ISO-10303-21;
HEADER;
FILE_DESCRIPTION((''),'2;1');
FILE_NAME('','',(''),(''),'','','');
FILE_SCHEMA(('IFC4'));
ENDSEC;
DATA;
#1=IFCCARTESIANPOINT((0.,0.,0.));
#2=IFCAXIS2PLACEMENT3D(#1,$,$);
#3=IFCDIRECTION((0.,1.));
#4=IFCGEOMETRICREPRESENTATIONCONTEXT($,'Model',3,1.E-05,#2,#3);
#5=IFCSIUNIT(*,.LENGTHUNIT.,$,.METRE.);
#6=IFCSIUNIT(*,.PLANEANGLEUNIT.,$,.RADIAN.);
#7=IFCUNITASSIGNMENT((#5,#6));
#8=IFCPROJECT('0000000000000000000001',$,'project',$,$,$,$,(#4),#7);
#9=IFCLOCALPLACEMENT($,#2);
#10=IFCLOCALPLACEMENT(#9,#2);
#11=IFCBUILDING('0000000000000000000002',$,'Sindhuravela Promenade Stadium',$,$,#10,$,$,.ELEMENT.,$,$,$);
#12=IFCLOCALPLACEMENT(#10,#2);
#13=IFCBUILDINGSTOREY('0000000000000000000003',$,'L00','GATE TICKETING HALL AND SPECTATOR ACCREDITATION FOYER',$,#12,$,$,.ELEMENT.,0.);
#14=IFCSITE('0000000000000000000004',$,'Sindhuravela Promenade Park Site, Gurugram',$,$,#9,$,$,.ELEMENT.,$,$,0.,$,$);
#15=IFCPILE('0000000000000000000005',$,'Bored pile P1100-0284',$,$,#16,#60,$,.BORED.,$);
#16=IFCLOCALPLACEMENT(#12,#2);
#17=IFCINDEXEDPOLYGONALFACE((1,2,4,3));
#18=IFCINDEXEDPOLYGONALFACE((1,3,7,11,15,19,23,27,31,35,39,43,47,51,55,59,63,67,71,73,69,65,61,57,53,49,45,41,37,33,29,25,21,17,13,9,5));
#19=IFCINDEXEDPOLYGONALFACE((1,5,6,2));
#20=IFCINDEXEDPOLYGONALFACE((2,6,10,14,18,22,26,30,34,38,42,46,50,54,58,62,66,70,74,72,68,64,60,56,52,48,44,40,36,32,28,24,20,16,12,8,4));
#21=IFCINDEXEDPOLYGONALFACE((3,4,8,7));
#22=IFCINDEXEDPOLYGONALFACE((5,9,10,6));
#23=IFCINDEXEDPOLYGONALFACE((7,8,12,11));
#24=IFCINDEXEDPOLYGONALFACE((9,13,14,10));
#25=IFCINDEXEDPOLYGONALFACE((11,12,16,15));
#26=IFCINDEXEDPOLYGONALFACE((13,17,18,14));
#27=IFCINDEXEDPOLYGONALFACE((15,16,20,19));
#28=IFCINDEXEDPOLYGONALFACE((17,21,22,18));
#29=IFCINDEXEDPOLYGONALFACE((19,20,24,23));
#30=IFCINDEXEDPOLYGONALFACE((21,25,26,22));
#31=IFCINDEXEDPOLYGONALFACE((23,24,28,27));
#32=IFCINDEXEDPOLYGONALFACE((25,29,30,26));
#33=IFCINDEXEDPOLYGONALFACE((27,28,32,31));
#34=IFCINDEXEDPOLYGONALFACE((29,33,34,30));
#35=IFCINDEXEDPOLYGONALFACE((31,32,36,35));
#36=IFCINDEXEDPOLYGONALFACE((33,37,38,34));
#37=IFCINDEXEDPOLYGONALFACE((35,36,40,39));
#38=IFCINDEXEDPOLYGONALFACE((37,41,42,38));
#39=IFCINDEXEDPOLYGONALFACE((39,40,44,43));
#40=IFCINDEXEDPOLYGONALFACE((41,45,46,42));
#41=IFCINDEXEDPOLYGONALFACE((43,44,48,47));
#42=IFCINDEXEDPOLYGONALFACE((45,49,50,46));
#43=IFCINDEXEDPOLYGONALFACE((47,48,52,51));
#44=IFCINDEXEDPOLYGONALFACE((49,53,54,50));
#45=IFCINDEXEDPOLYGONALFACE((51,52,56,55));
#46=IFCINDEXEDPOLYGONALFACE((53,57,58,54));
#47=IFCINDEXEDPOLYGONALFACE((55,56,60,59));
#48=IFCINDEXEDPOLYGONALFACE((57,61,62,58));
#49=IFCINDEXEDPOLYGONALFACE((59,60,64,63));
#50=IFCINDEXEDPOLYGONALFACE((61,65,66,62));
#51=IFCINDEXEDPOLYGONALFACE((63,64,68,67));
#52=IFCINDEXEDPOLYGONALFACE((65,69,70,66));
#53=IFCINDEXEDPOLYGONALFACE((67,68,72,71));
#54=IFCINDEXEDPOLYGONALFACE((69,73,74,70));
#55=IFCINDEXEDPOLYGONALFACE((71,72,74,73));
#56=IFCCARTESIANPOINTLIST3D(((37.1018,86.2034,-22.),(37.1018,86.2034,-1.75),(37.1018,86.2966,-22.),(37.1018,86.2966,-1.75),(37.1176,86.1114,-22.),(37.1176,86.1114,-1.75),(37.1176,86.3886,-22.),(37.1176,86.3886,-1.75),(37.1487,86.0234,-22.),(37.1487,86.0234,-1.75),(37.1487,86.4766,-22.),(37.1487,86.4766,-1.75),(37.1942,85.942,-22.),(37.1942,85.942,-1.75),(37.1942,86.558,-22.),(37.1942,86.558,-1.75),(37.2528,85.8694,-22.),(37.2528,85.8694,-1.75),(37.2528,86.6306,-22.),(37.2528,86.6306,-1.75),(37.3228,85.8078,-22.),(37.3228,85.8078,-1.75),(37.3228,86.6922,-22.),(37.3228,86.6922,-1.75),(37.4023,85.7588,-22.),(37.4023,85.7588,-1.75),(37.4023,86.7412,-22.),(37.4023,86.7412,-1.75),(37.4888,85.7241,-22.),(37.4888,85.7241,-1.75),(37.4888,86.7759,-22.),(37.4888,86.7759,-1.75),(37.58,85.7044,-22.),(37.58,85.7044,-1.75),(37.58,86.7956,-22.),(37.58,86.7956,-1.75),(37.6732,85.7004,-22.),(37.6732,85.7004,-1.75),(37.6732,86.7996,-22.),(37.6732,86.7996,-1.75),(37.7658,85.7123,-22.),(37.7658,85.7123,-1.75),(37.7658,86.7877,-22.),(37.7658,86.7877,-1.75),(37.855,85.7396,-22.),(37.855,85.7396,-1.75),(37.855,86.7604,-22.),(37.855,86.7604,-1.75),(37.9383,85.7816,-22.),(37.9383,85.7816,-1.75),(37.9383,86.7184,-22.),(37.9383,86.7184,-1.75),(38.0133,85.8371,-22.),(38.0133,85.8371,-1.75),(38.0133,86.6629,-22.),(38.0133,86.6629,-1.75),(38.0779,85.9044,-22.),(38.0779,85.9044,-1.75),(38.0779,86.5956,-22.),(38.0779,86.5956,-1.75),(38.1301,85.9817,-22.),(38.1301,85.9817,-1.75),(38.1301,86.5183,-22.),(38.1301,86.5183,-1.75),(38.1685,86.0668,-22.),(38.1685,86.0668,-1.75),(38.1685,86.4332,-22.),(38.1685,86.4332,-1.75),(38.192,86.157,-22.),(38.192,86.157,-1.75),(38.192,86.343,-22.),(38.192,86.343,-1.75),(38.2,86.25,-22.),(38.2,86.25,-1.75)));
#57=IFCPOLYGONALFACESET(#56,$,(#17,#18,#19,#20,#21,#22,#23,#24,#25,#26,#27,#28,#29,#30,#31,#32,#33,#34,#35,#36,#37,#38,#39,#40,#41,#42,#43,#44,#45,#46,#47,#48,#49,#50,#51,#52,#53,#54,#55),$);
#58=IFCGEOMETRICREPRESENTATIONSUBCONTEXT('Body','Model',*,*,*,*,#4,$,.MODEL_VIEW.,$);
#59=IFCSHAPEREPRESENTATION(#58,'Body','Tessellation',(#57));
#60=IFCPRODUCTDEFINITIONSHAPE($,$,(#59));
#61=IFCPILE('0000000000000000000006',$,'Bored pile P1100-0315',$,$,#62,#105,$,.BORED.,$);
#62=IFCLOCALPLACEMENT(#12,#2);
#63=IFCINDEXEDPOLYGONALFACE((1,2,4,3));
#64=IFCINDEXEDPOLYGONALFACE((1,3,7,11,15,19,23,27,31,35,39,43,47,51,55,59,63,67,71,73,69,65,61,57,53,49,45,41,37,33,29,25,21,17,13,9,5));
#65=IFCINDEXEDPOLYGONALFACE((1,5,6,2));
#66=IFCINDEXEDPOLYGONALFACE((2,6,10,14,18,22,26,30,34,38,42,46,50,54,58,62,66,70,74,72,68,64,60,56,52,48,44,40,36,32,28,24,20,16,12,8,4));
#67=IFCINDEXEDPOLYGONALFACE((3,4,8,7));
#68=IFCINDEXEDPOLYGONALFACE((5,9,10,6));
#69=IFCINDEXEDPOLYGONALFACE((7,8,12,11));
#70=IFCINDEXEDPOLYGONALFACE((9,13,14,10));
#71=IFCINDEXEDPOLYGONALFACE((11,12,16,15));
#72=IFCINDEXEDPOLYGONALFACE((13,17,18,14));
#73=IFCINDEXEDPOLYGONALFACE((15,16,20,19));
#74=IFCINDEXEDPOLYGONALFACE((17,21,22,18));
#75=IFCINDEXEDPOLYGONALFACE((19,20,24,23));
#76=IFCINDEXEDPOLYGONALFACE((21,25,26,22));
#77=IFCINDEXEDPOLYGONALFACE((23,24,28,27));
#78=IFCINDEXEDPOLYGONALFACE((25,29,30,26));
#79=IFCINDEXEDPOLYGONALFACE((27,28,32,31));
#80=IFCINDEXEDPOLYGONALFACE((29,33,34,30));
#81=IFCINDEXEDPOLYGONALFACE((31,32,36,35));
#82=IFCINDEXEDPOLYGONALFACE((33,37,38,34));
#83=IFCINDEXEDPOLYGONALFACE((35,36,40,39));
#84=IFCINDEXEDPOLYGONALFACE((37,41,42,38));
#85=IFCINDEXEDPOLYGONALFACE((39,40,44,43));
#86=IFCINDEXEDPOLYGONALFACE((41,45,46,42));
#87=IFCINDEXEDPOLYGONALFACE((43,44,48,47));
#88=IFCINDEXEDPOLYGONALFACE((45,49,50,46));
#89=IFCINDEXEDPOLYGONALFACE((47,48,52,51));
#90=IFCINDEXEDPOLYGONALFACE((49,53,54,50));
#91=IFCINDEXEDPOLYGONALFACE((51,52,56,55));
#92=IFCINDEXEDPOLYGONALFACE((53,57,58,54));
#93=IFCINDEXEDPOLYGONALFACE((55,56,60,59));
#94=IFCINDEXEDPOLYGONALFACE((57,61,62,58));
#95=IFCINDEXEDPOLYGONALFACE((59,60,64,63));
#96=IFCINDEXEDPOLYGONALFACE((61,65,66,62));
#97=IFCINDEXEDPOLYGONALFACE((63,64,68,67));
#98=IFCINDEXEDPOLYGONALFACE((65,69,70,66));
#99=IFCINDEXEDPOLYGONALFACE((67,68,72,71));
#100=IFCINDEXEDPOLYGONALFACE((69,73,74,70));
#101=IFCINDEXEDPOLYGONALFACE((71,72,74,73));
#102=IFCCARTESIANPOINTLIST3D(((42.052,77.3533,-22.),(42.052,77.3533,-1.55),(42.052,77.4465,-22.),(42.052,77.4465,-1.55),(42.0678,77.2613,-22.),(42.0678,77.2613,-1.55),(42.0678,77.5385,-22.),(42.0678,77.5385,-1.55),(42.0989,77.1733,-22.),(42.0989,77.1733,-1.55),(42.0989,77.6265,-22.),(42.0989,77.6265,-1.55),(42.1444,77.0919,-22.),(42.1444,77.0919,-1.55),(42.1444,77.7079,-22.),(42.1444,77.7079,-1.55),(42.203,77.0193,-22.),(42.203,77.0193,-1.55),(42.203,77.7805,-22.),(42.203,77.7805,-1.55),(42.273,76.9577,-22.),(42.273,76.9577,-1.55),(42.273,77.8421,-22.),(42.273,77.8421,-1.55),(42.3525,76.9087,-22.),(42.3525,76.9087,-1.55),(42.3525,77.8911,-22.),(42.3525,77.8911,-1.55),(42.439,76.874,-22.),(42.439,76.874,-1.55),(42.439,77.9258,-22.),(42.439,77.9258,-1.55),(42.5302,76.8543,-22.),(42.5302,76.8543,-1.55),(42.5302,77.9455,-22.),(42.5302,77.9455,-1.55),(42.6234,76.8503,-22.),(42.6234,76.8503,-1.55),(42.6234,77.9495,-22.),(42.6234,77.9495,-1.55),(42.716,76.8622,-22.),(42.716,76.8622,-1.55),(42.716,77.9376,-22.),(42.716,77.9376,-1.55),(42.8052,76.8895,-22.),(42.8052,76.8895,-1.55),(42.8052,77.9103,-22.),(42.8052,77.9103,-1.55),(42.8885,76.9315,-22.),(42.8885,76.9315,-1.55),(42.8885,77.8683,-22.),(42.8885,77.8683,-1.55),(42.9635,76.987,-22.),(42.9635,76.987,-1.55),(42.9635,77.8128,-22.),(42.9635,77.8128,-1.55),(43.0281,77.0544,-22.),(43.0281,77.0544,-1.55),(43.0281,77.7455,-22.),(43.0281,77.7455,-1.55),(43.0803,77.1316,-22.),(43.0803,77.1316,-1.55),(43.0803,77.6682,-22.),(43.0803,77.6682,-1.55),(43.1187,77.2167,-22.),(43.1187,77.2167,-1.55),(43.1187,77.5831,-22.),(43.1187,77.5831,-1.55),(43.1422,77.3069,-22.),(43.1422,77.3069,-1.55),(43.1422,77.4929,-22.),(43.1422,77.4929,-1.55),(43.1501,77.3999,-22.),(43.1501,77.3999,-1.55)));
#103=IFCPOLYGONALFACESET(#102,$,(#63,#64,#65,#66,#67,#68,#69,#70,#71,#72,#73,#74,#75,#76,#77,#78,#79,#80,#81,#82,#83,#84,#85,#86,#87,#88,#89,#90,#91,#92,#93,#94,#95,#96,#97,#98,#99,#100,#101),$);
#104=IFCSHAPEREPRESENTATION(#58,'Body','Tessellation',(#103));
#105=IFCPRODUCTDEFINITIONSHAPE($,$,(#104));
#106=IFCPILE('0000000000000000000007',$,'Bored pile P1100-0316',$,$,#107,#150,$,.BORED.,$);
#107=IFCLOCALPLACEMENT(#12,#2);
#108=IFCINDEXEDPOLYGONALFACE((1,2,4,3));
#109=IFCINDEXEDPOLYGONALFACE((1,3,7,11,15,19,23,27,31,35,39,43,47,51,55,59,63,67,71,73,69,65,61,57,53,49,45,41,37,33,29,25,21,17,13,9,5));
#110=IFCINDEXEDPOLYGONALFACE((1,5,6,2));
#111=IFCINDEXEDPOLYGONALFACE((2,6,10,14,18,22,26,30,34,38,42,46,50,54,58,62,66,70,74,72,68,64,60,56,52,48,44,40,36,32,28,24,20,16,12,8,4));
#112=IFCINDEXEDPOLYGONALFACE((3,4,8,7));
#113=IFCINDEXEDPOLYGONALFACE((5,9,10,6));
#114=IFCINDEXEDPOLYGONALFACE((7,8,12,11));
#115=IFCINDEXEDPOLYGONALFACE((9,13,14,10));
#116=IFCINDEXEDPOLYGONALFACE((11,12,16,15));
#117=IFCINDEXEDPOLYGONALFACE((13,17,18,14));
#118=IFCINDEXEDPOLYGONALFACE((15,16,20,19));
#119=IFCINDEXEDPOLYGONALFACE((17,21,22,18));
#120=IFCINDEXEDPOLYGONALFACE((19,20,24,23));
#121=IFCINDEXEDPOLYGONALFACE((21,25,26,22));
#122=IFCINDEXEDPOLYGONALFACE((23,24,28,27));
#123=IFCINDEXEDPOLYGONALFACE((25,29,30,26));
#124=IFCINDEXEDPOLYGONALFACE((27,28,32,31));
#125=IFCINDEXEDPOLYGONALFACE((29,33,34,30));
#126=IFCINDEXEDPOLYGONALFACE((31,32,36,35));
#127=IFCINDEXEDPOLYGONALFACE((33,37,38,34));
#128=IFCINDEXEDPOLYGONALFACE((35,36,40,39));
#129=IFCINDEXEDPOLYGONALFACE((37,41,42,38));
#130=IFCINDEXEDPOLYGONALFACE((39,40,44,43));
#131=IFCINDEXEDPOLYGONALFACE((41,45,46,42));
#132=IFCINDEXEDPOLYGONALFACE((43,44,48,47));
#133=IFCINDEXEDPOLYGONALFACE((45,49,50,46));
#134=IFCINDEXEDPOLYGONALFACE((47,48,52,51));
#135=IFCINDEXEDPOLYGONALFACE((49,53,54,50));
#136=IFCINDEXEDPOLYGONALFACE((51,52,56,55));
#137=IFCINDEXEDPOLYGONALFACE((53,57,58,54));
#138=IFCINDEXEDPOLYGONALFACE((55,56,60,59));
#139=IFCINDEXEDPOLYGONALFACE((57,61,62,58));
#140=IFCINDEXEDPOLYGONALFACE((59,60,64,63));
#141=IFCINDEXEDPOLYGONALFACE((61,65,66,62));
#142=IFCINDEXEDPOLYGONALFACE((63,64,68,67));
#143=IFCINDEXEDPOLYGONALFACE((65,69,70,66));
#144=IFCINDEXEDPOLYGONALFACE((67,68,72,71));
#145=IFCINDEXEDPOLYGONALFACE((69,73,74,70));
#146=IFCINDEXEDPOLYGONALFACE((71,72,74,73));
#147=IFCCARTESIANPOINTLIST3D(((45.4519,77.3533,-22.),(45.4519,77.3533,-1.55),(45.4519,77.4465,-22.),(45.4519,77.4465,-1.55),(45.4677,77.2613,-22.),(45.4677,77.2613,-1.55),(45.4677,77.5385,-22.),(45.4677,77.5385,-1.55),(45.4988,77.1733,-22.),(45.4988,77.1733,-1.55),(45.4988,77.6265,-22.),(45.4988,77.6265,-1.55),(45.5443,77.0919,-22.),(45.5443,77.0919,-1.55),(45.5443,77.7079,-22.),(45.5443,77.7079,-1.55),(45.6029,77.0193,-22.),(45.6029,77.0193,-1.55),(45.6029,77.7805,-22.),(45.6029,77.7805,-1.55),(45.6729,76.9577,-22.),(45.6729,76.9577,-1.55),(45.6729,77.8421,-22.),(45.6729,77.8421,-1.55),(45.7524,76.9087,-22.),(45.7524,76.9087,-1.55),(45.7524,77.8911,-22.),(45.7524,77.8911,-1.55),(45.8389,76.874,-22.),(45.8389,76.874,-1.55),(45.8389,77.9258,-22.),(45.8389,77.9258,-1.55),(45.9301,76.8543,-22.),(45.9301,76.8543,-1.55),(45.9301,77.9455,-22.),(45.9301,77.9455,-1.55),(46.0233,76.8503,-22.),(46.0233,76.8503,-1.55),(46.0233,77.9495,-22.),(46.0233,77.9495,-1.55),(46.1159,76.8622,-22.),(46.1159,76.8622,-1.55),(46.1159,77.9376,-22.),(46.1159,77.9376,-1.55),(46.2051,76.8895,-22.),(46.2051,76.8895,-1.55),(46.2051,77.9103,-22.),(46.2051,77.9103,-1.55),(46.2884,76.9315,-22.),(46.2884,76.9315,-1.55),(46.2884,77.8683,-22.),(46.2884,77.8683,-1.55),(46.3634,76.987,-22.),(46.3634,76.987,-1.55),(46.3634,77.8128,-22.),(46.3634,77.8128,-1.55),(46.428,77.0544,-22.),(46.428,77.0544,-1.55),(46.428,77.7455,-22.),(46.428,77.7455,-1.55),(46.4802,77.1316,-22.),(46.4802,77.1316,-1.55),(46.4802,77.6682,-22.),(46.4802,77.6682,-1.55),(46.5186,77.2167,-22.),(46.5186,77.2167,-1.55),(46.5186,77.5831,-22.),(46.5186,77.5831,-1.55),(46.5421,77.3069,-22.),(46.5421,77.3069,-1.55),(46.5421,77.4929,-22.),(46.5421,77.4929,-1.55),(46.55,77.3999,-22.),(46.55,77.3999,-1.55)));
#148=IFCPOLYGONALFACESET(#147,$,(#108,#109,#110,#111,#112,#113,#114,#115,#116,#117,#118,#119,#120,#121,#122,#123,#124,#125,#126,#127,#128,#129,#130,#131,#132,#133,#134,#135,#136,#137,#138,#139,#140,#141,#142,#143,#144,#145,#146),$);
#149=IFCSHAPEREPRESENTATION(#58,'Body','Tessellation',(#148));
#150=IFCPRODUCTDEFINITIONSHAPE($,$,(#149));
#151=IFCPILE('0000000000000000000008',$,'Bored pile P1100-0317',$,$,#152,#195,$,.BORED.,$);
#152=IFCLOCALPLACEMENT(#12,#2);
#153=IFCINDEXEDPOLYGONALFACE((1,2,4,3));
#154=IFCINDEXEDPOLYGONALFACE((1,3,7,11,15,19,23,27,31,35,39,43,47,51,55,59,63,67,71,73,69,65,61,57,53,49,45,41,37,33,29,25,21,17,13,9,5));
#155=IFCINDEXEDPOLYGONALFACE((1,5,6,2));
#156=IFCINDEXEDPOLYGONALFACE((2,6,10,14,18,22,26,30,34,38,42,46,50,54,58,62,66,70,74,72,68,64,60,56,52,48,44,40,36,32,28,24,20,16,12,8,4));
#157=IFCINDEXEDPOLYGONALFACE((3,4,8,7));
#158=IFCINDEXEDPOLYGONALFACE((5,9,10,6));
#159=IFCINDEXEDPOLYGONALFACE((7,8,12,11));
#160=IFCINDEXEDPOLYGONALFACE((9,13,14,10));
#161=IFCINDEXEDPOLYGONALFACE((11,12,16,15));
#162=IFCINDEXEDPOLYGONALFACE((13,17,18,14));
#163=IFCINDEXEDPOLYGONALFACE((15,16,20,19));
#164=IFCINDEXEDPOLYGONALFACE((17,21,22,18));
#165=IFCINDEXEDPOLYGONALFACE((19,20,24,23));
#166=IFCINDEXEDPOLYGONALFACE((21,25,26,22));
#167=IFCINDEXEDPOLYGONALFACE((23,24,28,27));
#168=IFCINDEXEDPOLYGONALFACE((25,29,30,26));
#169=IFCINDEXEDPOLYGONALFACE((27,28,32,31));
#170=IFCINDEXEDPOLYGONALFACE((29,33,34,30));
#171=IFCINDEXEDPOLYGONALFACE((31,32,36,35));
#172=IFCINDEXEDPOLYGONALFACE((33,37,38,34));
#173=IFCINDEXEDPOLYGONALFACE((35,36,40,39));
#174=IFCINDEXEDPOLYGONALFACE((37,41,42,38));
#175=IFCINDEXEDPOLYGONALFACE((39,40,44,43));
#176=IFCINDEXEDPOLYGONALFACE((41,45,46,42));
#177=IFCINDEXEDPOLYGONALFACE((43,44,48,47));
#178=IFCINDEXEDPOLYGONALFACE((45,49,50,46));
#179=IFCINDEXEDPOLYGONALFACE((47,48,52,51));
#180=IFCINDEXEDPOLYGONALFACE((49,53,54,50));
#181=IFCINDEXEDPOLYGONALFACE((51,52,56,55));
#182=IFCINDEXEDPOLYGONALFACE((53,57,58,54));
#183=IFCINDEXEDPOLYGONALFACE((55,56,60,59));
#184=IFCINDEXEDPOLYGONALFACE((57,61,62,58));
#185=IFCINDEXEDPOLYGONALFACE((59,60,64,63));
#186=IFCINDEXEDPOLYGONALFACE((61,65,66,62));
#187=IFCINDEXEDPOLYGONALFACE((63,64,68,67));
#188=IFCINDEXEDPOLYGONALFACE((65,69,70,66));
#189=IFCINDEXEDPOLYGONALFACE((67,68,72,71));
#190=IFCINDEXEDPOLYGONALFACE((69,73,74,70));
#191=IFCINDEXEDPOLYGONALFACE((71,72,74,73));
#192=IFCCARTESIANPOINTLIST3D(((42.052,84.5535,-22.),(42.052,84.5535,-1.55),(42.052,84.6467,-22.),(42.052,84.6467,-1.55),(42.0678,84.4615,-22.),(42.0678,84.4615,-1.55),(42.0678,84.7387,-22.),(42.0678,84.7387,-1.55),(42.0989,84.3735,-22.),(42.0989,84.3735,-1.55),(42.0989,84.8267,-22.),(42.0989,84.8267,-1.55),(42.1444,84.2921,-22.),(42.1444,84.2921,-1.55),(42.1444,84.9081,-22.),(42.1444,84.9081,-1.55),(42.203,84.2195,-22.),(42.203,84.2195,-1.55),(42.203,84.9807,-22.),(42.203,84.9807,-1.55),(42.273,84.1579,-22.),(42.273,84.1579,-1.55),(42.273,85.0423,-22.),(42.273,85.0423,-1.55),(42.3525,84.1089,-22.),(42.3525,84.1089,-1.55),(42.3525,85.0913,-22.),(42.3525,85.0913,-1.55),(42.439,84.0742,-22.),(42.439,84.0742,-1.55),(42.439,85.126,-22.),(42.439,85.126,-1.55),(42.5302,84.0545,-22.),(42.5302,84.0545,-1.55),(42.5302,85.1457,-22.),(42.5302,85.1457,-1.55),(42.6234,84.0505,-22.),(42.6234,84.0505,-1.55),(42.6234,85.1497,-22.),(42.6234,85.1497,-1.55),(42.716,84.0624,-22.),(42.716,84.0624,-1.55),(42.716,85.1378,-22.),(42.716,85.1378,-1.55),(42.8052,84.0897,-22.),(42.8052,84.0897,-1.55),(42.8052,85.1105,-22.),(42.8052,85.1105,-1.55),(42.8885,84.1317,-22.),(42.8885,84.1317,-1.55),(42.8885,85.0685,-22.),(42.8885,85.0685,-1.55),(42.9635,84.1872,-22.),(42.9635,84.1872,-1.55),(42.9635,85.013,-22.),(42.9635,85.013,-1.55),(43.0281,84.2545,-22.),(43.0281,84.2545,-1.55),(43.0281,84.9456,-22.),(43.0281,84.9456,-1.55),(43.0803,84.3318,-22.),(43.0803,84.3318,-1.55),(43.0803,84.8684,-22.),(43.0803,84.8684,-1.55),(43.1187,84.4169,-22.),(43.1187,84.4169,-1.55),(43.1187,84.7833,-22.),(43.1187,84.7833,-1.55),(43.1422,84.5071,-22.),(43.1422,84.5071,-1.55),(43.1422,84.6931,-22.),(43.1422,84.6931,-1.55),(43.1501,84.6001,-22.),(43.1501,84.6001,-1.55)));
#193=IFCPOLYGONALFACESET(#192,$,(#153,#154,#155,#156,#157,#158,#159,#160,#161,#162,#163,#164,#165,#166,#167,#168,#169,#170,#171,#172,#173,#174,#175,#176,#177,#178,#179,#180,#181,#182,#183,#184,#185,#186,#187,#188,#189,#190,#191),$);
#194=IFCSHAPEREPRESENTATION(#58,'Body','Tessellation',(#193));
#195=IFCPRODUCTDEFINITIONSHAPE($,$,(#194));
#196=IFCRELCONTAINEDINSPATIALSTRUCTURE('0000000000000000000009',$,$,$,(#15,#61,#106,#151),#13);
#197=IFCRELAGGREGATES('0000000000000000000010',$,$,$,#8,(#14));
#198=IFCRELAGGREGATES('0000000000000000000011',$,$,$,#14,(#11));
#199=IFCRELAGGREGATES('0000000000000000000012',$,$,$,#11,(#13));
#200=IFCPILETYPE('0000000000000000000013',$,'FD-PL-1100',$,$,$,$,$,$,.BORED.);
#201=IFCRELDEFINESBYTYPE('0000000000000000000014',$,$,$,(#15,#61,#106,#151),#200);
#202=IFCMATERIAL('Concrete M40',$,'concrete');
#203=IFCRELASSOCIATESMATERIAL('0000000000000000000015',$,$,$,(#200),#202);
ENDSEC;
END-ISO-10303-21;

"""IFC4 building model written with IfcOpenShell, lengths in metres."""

from ifc_helpers import new_model, si_unit, direction, frame, origin, origin_2d, place, context, subcontext, project, spatial, circle, extrude, material, material_profile, profile_set, type_object, element, save


model = new_model("IFC4")

# Units and contexts
model_context = context("Model", 3, precision=1e-05, world=origin(), true_north=direction((0.0, 1.0)))
body_context = subcontext(model_context, "Body", "Model", "MODEL_VIEW")
ifc_project = project(units=[si_unit("LENGTHUNIT", "METRE"), si_unit("PLANEANGLEUNIT", "RADIAN")], contexts=[model_context])

# Site, building, storey
site_placement = place(None, origin())
site = spatial("IfcSite", under=ifc_project, at=site_placement, Name="Sindhuravela Promenade Park Site, Gurugram", CompositionType="ELEMENT", RefElevation=0.0)
building_placement = place(site_placement, origin())
building = spatial("IfcBuilding", under=site, at=building_placement, Name="Sindhuravela Promenade Stadium", CompositionType="ELEMENT")
storey_placement = place(building_placement, origin())
storey = spatial("IfcBuildingStorey", under=building, at=storey_placement, Name="L00", Description="GATE TICKETING HALL AND SPECTATOR ACCREDITATION FOYER", CompositionType="ELEMENT", Elevation=0.0)

# Piles
ifc_material_1 = material(Name="Concrete M40", Category="concrete")
ifc_material_profile_1 = material_profile(ifc_material_1, circle(Radius=0.55, at=origin_2d()), Name="BORED PILE D1100")
ifc_profile_set_1 = profile_set([ifc_material_profile_1], Name="Concrete M40")
pile_type = type_object("IfcPileType", Name="FD-PL-1100", PredefinedType="BORED", material=ifc_profile_set_1)
for number, where, z_axis, x_axis, name in (
    (1, (37.6499, 86.25, -1.75), (0.0, 0.0, -1.0), (1.0, 0.0, 0.0), "Bored pile P1100-0284"),
):
    element("IfcPile", number, at=place(storey_placement, frame(where, z_axis=z_axis, x_axis=x_axis)), inside=storey, type_object=pile_type, Name=name, PredefinedType="BORED", context=body_context, shape_type="SweptSolid", body=[
        extrude(circle(Radius=0.55, at=origin_2d()), origin(), (0.0, 0.0, 1.0), 20.25),
    ])
for number, where, z_axis, x_axis, name in (
    (2, (42.6001, 77.3999, -1.55), (0.0, 0.0, -1.0), (1.0, 0.0, 0.0), "Bored pile P1100-0315"),
    (3, (46.0, 77.3999, -1.55), (0.0, 0.0, -1.0), (1.0, 0.0, 0.0), "Bored pile P1100-0316"),
    (4, (42.6001, 84.6001, -1.55), (0.0, 0.0, -1.0), (1.0, 0.0, 0.0), "Bored pile P1100-0317"),
):
    element("IfcPile", number, at=place(storey_placement, frame(where, z_axis=z_axis, x_axis=x_axis)), inside=storey, type_object=pile_type, Name=name, PredefinedType="BORED", context=body_context, shape_type="SweptSolid", body=[
        extrude(circle(Radius=0.55, at=origin_2d()), origin(), (0.0, 0.0, 1.0), 20.45),
    ])

save(model, "model.ifc")
